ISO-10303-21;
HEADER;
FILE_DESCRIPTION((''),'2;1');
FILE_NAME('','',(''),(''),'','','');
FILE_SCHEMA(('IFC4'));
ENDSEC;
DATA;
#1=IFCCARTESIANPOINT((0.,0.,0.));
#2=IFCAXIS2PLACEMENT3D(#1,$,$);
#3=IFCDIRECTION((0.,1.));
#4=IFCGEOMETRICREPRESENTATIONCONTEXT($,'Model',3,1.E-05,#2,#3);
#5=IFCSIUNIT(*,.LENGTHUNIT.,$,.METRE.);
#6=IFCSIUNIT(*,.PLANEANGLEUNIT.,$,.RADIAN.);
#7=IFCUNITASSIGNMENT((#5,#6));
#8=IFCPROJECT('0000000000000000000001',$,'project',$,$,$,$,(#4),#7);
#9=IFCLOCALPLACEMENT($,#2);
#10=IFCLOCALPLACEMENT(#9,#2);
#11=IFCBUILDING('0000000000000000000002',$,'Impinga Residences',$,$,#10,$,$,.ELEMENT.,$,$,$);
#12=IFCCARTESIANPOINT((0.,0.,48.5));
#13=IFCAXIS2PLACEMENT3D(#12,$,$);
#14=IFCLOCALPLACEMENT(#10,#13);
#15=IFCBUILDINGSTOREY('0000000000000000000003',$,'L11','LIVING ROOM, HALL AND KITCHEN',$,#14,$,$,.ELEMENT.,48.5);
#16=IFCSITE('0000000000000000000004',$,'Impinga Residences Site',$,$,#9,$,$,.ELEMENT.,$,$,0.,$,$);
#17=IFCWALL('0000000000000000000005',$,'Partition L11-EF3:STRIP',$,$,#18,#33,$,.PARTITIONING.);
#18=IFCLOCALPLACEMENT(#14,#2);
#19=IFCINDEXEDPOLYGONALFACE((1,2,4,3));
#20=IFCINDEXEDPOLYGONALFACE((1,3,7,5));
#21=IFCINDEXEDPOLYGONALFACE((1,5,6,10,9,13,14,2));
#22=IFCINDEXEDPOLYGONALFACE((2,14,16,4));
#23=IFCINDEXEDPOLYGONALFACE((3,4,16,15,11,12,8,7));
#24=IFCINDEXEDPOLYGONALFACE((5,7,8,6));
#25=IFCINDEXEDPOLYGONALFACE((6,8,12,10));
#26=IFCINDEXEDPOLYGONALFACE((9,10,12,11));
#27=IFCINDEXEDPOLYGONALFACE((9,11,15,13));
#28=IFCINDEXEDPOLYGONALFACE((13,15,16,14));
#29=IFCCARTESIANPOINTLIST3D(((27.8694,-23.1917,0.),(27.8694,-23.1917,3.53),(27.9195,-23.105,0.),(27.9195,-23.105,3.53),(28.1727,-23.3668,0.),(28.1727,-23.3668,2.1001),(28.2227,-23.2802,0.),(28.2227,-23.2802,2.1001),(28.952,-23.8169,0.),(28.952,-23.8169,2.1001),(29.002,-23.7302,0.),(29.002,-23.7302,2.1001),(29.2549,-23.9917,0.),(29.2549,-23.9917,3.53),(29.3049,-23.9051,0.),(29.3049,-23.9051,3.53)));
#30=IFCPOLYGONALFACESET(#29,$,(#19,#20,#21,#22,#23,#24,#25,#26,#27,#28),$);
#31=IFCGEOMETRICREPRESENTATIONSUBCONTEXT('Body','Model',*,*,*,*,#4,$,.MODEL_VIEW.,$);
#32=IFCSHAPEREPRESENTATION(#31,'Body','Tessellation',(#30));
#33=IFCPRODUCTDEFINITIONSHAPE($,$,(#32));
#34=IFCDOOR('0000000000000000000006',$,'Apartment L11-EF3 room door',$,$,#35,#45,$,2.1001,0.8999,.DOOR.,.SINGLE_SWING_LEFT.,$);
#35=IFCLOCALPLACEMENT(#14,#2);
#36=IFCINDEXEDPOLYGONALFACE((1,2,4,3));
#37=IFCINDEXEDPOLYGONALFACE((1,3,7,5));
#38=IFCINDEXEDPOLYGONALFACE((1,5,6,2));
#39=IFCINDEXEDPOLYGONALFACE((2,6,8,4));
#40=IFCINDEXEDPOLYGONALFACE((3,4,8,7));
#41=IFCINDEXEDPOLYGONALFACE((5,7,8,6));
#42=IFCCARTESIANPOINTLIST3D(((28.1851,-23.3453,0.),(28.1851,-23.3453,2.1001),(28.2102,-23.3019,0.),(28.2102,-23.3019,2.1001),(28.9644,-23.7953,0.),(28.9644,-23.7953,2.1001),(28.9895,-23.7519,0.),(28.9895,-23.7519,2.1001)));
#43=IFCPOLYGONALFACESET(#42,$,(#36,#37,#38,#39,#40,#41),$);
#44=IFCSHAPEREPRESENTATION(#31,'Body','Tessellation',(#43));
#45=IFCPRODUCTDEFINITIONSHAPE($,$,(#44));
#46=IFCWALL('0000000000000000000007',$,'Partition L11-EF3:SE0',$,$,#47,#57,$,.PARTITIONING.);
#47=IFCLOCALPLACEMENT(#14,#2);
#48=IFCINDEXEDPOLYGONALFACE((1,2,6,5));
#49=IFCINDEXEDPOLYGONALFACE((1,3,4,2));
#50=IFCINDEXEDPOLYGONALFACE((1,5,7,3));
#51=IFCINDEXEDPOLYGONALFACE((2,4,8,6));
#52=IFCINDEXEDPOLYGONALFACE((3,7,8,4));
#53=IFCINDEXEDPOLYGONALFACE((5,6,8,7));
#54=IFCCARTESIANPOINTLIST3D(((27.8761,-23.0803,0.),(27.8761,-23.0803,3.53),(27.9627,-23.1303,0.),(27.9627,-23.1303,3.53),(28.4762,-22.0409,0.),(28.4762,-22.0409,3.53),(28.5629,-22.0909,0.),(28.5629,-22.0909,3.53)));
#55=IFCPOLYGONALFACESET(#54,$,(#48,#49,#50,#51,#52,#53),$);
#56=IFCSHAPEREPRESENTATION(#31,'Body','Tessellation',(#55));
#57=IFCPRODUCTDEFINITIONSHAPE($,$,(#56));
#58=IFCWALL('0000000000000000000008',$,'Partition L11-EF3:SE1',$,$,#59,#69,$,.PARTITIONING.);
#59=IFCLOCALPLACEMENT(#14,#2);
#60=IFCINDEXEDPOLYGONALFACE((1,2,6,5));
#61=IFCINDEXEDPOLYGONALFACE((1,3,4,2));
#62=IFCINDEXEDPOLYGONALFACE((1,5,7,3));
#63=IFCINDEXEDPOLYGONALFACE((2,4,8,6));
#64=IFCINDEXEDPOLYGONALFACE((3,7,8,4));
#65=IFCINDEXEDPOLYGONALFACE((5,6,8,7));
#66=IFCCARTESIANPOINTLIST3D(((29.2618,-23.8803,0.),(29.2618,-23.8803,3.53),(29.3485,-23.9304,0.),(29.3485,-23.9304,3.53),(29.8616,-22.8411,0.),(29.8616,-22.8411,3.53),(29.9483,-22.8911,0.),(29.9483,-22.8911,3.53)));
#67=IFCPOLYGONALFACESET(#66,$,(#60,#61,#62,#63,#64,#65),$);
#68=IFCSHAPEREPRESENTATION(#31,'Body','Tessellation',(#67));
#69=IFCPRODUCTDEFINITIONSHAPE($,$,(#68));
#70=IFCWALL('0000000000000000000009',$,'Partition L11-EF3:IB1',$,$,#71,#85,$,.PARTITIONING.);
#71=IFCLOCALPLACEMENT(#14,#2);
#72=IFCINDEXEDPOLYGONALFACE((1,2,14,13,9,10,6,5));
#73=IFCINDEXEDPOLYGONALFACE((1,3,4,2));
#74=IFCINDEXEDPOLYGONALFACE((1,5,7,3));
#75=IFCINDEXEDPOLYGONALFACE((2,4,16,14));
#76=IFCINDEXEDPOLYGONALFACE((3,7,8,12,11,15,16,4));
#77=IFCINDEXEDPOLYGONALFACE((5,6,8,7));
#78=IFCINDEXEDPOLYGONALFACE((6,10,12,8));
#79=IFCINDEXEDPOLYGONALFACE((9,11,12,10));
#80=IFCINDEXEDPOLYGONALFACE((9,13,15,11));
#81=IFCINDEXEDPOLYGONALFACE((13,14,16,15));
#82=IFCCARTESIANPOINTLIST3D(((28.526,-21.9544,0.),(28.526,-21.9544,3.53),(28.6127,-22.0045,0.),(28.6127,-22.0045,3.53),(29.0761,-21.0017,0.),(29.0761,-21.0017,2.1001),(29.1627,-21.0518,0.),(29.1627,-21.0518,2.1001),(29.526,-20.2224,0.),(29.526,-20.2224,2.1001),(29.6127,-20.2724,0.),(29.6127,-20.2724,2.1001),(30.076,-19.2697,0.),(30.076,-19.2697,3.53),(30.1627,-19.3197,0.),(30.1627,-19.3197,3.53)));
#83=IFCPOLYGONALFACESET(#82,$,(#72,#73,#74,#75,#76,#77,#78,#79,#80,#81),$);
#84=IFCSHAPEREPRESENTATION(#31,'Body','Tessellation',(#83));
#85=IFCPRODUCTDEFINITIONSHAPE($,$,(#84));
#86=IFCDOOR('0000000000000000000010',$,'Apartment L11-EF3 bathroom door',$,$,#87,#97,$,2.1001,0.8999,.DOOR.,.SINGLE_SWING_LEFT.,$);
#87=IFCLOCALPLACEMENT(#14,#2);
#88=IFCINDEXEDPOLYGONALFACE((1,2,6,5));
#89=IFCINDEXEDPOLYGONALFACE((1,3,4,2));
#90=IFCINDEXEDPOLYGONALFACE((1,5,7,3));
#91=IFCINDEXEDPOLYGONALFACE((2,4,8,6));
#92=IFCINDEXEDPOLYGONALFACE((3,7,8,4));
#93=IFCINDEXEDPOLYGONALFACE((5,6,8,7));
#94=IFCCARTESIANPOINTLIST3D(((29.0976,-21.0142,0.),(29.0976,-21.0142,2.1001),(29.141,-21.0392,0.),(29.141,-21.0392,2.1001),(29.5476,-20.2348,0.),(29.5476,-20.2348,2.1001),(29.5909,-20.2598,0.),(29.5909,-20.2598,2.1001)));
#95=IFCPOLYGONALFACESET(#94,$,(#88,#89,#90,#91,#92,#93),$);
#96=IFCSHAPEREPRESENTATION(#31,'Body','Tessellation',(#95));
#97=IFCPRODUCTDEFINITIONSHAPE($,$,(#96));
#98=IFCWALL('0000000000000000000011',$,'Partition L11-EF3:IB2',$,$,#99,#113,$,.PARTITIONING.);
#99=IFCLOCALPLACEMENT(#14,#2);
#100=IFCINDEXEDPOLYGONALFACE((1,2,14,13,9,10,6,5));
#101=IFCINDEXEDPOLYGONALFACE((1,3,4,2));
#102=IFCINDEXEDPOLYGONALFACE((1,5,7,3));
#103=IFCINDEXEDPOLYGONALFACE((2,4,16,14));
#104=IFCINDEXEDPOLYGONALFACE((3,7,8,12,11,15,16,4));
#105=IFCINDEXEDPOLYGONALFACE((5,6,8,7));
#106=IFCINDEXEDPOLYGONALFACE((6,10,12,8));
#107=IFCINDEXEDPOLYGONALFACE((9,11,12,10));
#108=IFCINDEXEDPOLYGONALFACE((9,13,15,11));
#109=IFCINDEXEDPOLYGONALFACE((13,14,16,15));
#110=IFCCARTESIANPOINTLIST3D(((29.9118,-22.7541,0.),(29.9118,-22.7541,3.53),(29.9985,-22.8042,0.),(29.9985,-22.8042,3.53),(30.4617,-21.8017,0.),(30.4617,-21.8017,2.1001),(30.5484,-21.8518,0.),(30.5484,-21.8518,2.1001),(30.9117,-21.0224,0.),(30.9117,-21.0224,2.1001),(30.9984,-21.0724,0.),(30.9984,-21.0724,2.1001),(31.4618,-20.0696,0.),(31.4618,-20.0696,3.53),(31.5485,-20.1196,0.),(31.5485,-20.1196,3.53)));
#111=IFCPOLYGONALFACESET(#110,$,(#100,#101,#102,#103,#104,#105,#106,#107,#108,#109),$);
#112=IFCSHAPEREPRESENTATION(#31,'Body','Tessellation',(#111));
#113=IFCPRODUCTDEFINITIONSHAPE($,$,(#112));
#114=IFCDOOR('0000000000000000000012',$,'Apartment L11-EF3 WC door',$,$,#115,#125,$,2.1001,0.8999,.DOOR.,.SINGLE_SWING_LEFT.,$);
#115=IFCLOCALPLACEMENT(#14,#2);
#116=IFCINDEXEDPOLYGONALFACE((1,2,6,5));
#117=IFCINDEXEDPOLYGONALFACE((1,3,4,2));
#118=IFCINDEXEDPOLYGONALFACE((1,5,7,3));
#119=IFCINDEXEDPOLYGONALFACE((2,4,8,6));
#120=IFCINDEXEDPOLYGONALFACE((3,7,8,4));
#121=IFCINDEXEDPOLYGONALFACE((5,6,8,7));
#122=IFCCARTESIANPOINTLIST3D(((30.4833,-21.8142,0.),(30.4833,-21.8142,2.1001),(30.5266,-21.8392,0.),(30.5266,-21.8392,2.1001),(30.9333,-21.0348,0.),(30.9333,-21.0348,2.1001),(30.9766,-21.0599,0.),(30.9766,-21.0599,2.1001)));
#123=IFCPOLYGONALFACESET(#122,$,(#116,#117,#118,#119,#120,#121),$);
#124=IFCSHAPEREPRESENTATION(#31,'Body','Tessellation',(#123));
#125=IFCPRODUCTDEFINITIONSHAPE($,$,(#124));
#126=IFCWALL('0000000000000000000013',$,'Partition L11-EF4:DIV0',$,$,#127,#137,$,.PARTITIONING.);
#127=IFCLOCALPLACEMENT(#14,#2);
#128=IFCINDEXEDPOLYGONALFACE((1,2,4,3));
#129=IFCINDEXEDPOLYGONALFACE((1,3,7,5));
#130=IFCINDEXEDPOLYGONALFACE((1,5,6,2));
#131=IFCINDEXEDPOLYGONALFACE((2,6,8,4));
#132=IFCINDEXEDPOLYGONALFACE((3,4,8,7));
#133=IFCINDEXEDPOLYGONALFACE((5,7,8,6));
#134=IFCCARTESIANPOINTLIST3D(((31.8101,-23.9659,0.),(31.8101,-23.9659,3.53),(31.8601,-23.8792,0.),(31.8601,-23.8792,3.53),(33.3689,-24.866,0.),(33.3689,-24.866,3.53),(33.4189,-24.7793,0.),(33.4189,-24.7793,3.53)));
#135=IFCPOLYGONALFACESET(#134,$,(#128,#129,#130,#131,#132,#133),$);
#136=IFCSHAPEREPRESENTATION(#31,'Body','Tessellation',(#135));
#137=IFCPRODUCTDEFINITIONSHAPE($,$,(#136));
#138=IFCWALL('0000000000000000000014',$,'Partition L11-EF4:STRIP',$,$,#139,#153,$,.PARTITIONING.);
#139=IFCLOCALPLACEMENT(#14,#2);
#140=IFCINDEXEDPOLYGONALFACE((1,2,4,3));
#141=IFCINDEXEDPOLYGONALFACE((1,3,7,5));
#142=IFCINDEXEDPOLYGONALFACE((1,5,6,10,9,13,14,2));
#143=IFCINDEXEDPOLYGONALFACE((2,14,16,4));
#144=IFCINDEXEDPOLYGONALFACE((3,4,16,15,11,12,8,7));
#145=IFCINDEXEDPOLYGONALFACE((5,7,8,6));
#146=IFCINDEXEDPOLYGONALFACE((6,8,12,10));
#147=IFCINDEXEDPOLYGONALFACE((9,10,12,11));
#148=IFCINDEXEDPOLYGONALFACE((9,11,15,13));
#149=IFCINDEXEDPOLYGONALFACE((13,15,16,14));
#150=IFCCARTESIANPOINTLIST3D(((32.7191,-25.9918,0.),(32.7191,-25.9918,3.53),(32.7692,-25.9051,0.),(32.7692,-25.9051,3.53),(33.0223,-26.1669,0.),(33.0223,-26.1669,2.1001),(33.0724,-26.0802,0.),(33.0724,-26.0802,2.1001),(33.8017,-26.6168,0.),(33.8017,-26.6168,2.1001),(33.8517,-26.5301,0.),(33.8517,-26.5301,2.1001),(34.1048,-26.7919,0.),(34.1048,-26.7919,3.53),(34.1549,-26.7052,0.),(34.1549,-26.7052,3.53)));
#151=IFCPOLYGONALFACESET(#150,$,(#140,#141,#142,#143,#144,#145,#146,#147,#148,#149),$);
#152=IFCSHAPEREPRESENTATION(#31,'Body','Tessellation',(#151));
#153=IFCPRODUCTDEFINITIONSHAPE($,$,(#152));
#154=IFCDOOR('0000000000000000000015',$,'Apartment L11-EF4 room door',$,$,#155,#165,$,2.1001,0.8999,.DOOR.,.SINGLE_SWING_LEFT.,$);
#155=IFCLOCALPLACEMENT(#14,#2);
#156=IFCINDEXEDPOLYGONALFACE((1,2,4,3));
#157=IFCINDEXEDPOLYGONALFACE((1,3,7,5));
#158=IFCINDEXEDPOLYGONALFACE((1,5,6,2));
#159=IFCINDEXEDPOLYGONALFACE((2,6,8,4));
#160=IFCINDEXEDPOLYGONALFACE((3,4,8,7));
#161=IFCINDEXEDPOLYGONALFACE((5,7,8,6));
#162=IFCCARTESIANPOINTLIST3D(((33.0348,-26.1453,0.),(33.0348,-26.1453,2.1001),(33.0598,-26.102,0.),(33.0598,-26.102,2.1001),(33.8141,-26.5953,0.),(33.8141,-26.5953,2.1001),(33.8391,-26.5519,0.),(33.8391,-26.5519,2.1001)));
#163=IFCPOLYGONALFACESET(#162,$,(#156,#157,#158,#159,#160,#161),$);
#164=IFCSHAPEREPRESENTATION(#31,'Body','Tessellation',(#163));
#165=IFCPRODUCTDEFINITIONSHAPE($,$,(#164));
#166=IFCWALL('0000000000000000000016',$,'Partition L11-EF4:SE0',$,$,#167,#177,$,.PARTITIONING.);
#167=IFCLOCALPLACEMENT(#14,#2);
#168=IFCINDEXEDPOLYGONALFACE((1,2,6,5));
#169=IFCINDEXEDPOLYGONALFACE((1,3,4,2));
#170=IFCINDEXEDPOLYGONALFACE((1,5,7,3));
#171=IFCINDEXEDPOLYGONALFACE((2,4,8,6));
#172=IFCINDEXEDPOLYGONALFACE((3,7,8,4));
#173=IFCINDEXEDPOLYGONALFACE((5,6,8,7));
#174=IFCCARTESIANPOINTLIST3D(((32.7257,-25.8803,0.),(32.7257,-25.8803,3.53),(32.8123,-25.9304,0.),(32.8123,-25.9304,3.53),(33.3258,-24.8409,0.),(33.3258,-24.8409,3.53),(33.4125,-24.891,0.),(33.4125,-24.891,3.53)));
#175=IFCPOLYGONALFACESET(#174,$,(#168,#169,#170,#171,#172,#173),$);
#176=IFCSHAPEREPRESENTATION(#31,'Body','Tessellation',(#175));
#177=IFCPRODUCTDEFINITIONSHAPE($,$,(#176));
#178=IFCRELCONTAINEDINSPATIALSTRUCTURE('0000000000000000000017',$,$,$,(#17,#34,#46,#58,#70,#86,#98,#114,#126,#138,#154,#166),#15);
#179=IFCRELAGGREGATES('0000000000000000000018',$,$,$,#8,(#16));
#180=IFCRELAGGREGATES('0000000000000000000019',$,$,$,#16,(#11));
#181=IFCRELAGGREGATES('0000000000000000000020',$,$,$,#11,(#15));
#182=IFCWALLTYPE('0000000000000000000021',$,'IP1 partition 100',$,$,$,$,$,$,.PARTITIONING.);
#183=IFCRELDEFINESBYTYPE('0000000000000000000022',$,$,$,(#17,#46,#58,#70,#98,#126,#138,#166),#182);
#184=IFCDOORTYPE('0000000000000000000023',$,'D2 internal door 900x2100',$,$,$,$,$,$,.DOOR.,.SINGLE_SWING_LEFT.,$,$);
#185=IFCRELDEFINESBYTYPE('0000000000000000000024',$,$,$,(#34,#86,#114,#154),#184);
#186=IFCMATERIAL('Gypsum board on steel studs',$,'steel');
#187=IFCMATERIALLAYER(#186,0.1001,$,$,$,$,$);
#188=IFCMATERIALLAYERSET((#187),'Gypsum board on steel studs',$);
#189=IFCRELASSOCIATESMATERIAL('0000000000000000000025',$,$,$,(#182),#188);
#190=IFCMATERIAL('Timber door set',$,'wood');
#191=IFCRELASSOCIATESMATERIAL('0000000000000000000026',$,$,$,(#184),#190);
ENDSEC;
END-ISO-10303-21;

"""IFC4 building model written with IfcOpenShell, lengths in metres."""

from ifc_helpers import new_model, si_unit, direction, frame, frame_2d, origin, place, context, subcontext, project, spatial, rectangle, extrude, material, layer, layer_set, type_object, element, fill, save


model = new_model("IFC4")

# Units and contexts
model_context = context("Model", 3, precision=1e-05, world=origin(), true_north=direction((0.0, 1.0)))
body_context = subcontext(model_context, "Body", "Model", "MODEL_VIEW")
ifc_project = project(units=[si_unit("LENGTHUNIT", "METRE"), si_unit("PLANEANGLEUNIT", "RADIAN")], contexts=[model_context])

# Site, building, storey
site_placement = place(None, origin())
site = spatial("IfcSite", under=ifc_project, at=site_placement, Name="Impinga Residences Site", CompositionType="ELEMENT", RefElevation=0.0)
building_placement = place(site_placement, origin())
building = spatial("IfcBuilding", under=site, at=building_placement, Name="Impinga Residences", CompositionType="ELEMENT")
storey_placement = place(building_placement, frame((0.0, 0.0, 48.5)))
storey = spatial("IfcBuildingStorey", under=building, at=storey_placement, Name="L11", Description="LIVING ROOM, HALL AND KITCHEN", CompositionType="ELEMENT", Elevation=48.5)

# Shared definitions
ifc_material_1 = material(Name="Gypsum board on steel studs", Category="steel")
ifc_layer_1 = layer(ifc_material_1, 0.1001)
ifc_layer_set_1 = layer_set([ifc_layer_1], Name="Gypsum board on steel studs")
wall_type_1 = type_object("IfcWallType", Name="IP1 partition 100", PredefinedType="PARTITIONING", material=ifc_layer_set_1)

# Wall, opening, door
wall_1_placement = place(storey_placement, frame((27.8945, -23.1484, 0.0), z_axis=(0.0, 0.0, 1.0), x_axis=(0.86599, -0.500061, 0.0)))
wall_1 = element("IfcWall", 1, at=wall_1_placement, inside=storey, type_object=wall_type_1, Name="Partition L11-EF3:STRIP", PredefinedType="PARTITIONING", context=body_context, shape_type="SweptSolid", body=[
    extrude(rectangle(XDim=1.5999, YDim=0.1001, at=frame_2d((0.7998, 0.0))), origin(), (0.0, 0.0, 1.0), 3.53),
])
opening_1_placement = place(wall_1_placement, frame((0.3501, 0.0, 0.0)))
opening_1 = element("IfcOpeningElement", 2, at=opening_1_placement, cuts=wall_1, PredefinedType="OPENING", context=body_context, shape_type="SweptSolid", body=[
    extrude(rectangle(XDim=0.8999, YDim=2.1001, at=frame_2d((0.45, 1.05))), frame((0.0, 0.0601, 0.0), z_axis=(0.0, -1.0, 0.0), x_axis=(1.0, 0.0, 0.0)), (0.0, 0.0, 1.0), 0.1201),
])
ifc_material_2 = material(Name="Timber door set", Category="wood")
door_type = type_object("IfcDoorType", Name="D2 internal door 900x2100", OperationType="SINGLE_SWING_LEFT", PredefinedType="DOOR", material=ifc_material_2)
door_1_placement = place(opening_1_placement, origin())
door_1 = element("IfcDoor", 3, at=door_1_placement, inside=storey, type_object=door_type, Name="Apartment L11-EF3 room door", OperationType="SINGLE_SWING_LEFT", OverallHeight=2.1001, OverallWidth=0.8999, PredefinedType="DOOR", context=body_context, shape_type="SweptSolid", body=[
    extrude(rectangle(XDim=0.8999, YDim=2.1001, at=frame_2d((0.45, 1.05))), frame((0.0, 0.0249, 0.0), z_axis=(0.0, -1.0, 0.0), x_axis=(1.0, 0.0, 0.0)), (0.0, 0.0, 1.0), 0.05),
])
fill(opening_1, door_1)

# Walls
wall_2_placement = place(storey_placement, frame((28.5195, -22.0659, 0.0), z_axis=(0.0, 0.0, 1.0), x_axis=(-0.500034, -0.866006, 0.0)))
element("IfcWall", 4, at=wall_2_placement, inside=storey, type_object=wall_type_1, Name="Partition L11-EF3:SE0", PredefinedType="PARTITIONING", context=body_context, shape_type="SweptSolid", body=[
    extrude(rectangle(XDim=1.2002, YDim=0.1001, at=frame_2d((0.6001, 0.0))), origin(), (0.0, 0.0, 1.0), 3.53),
])
wall_3_placement = place(storey_placement, frame((29.905, -22.866, 0.0), z_axis=(0.0, 0.0, 1.0), x_axis=(-0.499881, -0.866094, 0.0)))
element("IfcWall", 5, at=wall_3_placement, inside=storey, type_object=wall_type_1, Name="Partition L11-EF3:SE1", PredefinedType="PARTITIONING", context=body_context, shape_type="SweptSolid", body=[
    extrude(rectangle(XDim=1.2, YDim=0.1001, at=frame_2d((0.6001, 0.0))), origin(), (0.0, 0.0, 1.0), 3.53),
])

# Walls, openings, doors
wall_4_placement = place(storey_placement, frame((30.1194, -19.2947, 0.0), z_axis=(0.0, 0.0, 1.0), x_axis=(-0.499993, -0.86603, 0.0)))
wall_4 = element("IfcWall", 6, at=wall_4_placement, inside=storey, type_object=wall_type_1, Name="Partition L11-EF3:IB1", PredefinedType="PARTITIONING", context=body_context, shape_type="SweptSolid", body=[
    extrude(rectangle(XDim=3.1001, YDim=0.1001, at=frame_2d((1.55, 0.0))), origin(), (0.0, 0.0, 1.0), 3.53),
])
opening_2_placement = place(wall_4_placement, frame((1.1001, 0.0, 0.0)))
opening_2 = element("IfcOpeningElement", 7, at=opening_2_placement, cuts=wall_4, PredefinedType="OPENING", context=body_context, shape_type="SweptSolid", body=[
    extrude(rectangle(XDim=0.8999, YDim=2.1001, at=frame_2d((0.45, 1.05))), frame((0.0, 0.0601, 0.0), z_axis=(0.0, -1.0, 0.0), x_axis=(1.0, 0.0, 0.0)), (0.0, 0.0, 1.0), 0.1201),
])
door_2_placement = place(opening_2_placement, origin())
door_2 = element("IfcDoor", 8, at=door_2_placement, inside=storey, type_object=door_type, Name="Apartment L11-EF3 bathroom door", OperationType="SINGLE_SWING_LEFT", OverallHeight=2.1001, OverallWidth=0.8999, PredefinedType="DOOR", context=body_context, shape_type="SweptSolid", body=[
    extrude(rectangle(XDim=0.8999, YDim=2.1001, at=frame_2d((0.45, 1.05))), frame((0.0, 0.0249, 0.0), z_axis=(0.0, -1.0, 0.0), x_axis=(1.0, 0.0, 0.0)), (0.0, 0.0, 1.0), 0.05),
])
fill(opening_2, door_2)
wall_5_placement = place(storey_placement, frame((31.5051, -20.0947, 0.0), z_axis=(0.0, 0.0, 1.0), x_axis=(-0.500027, -0.86601, 0.0)))
wall_5 = element("IfcWall", 9, at=wall_5_placement, inside=storey, type_object=wall_type_1, Name="Partition L11-EF3:IB2", PredefinedType="PARTITIONING", context=body_context, shape_type="SweptSolid", body=[
    extrude(rectangle(XDim=3.0999, YDim=0.1001, at=frame_2d((1.5498, 0.0))), origin(), (0.0, 0.0, 1.0), 3.53),
])
opening_3_placement = place(wall_5_placement, frame((1.1001, 0.0, 0.0)))
opening_3 = element("IfcOpeningElement", 10, at=opening_3_placement, cuts=wall_5, PredefinedType="OPENING", context=body_context, shape_type="SweptSolid", body=[
    extrude(rectangle(XDim=0.8999, YDim=2.1001, at=frame_2d((0.45, 1.05))), frame((0.0, 0.0601, 0.0), z_axis=(0.0, -1.0, 0.0), x_axis=(1.0, 0.0, 0.0)), (0.0, 0.0, 1.0), 0.1201),
])
door_3_placement = place(opening_3_placement, origin())
door_3 = element("IfcDoor", 11, at=door_3_placement, inside=storey, type_object=door_type, Name="Apartment L11-EF3 WC door", OperationType="SINGLE_SWING_LEFT", OverallHeight=2.1001, OverallWidth=0.8999, PredefinedType="DOOR", context=body_context, shape_type="SweptSolid", body=[
    extrude(rectangle(XDim=0.8999, YDim=2.1001, at=frame_2d((0.45, 1.05))), frame((0.0, 0.0249, 0.0), z_axis=(0.0, -1.0, 0.0), x_axis=(1.0, 0.0, 0.0)), (0.0, 0.0, 1.0), 0.05),
])
fill(opening_3, door_3)

# Wall
wall_6_placement = place(storey_placement, frame((31.8352, -23.9226, 0.0), z_axis=(0.0, 0.0, 1.0), x_axis=(0.865989, -0.500063, 0.0)))
element("IfcWall", 12, at=wall_6_placement, inside=storey, type_object=wall_type_1, Name="Partition L11-EF4:DIV0", PredefinedType="PARTITIONING", context=body_context, shape_type="SweptSolid", body=[
    extrude(rectangle(XDim=1.8, YDim=0.1001, at=frame_2d((0.8999, 0.0))), origin(), (0.0, 0.0, 1.0), 3.53),
])

# Wall, opening, door
wall_7_placement = place(storey_placement, frame((32.7441, -25.9485, 0.0), z_axis=(0.0, 0.0, 1.0), x_axis=(0.866028, -0.499995, 0.0)))
wall_7 = element("IfcWall", 13, at=wall_7_placement, inside=storey, type_object=wall_type_1, Name="Partition L11-EF4:STRIP", PredefinedType="PARTITIONING", context=body_context, shape_type="SweptSolid", body=[
    extrude(rectangle(XDim=1.6001, YDim=0.1001, at=frame_2d((0.8, 0.0))), origin(), (0.0, 0.0, 1.0), 3.53),
])
opening_4_placement = place(wall_7_placement, frame((0.3501, 0.0, 0.0)))
opening_4 = element("IfcOpeningElement", 14, at=opening_4_placement, cuts=wall_7, PredefinedType="OPENING", context=body_context, shape_type="SweptSolid", body=[
    extrude(rectangle(XDim=0.8999, YDim=2.1001, at=frame_2d((0.45, 1.05))), frame((0.0, 0.0601, 0.0), z_axis=(0.0, -1.0, 0.0), x_axis=(1.0, 0.0, 0.0)), (0.0, 0.0, 1.0), 0.1201),
])
door_4_placement = place(opening_4_placement, origin())
door_4 = element("IfcDoor", 15, at=door_4_placement, inside=storey, type_object=door_type, Name="Apartment L11-EF4 room door", OperationType="SINGLE_SWING_LEFT", OverallHeight=2.1001, OverallWidth=0.8999, PredefinedType="DOOR", context=body_context, shape_type="SweptSolid", body=[
    extrude(rectangle(XDim=0.8999, YDim=2.1001, at=frame_2d((0.45, 1.05))), frame((0.0, 0.0249, 0.0), z_axis=(0.0, -1.0, 0.0), x_axis=(1.0, 0.0, 0.0)), (0.0, 0.0, 1.0), 0.05),
])
fill(opening_4, door_4)

# Wall
wall_8_placement = place(storey_placement, frame((33.3691, -24.866, 0.0), z_axis=(0.0, 0.0, 1.0), x_axis=(-0.500034, -0.866006, 0.0)))
element("IfcWall", 16, at=wall_8_placement, inside=storey, type_object=wall_type_1, Name="Partition L11-EF4:SE0", PredefinedType="PARTITIONING", context=body_context, shape_type="SweptSolid", body=[
    extrude(rectangle(XDim=1.2002, YDim=0.1001, at=frame_2d((0.6001, 0.0))), origin(), (0.0, 0.0, 1.0), 3.53),
])

save(model, "model.ifc")
